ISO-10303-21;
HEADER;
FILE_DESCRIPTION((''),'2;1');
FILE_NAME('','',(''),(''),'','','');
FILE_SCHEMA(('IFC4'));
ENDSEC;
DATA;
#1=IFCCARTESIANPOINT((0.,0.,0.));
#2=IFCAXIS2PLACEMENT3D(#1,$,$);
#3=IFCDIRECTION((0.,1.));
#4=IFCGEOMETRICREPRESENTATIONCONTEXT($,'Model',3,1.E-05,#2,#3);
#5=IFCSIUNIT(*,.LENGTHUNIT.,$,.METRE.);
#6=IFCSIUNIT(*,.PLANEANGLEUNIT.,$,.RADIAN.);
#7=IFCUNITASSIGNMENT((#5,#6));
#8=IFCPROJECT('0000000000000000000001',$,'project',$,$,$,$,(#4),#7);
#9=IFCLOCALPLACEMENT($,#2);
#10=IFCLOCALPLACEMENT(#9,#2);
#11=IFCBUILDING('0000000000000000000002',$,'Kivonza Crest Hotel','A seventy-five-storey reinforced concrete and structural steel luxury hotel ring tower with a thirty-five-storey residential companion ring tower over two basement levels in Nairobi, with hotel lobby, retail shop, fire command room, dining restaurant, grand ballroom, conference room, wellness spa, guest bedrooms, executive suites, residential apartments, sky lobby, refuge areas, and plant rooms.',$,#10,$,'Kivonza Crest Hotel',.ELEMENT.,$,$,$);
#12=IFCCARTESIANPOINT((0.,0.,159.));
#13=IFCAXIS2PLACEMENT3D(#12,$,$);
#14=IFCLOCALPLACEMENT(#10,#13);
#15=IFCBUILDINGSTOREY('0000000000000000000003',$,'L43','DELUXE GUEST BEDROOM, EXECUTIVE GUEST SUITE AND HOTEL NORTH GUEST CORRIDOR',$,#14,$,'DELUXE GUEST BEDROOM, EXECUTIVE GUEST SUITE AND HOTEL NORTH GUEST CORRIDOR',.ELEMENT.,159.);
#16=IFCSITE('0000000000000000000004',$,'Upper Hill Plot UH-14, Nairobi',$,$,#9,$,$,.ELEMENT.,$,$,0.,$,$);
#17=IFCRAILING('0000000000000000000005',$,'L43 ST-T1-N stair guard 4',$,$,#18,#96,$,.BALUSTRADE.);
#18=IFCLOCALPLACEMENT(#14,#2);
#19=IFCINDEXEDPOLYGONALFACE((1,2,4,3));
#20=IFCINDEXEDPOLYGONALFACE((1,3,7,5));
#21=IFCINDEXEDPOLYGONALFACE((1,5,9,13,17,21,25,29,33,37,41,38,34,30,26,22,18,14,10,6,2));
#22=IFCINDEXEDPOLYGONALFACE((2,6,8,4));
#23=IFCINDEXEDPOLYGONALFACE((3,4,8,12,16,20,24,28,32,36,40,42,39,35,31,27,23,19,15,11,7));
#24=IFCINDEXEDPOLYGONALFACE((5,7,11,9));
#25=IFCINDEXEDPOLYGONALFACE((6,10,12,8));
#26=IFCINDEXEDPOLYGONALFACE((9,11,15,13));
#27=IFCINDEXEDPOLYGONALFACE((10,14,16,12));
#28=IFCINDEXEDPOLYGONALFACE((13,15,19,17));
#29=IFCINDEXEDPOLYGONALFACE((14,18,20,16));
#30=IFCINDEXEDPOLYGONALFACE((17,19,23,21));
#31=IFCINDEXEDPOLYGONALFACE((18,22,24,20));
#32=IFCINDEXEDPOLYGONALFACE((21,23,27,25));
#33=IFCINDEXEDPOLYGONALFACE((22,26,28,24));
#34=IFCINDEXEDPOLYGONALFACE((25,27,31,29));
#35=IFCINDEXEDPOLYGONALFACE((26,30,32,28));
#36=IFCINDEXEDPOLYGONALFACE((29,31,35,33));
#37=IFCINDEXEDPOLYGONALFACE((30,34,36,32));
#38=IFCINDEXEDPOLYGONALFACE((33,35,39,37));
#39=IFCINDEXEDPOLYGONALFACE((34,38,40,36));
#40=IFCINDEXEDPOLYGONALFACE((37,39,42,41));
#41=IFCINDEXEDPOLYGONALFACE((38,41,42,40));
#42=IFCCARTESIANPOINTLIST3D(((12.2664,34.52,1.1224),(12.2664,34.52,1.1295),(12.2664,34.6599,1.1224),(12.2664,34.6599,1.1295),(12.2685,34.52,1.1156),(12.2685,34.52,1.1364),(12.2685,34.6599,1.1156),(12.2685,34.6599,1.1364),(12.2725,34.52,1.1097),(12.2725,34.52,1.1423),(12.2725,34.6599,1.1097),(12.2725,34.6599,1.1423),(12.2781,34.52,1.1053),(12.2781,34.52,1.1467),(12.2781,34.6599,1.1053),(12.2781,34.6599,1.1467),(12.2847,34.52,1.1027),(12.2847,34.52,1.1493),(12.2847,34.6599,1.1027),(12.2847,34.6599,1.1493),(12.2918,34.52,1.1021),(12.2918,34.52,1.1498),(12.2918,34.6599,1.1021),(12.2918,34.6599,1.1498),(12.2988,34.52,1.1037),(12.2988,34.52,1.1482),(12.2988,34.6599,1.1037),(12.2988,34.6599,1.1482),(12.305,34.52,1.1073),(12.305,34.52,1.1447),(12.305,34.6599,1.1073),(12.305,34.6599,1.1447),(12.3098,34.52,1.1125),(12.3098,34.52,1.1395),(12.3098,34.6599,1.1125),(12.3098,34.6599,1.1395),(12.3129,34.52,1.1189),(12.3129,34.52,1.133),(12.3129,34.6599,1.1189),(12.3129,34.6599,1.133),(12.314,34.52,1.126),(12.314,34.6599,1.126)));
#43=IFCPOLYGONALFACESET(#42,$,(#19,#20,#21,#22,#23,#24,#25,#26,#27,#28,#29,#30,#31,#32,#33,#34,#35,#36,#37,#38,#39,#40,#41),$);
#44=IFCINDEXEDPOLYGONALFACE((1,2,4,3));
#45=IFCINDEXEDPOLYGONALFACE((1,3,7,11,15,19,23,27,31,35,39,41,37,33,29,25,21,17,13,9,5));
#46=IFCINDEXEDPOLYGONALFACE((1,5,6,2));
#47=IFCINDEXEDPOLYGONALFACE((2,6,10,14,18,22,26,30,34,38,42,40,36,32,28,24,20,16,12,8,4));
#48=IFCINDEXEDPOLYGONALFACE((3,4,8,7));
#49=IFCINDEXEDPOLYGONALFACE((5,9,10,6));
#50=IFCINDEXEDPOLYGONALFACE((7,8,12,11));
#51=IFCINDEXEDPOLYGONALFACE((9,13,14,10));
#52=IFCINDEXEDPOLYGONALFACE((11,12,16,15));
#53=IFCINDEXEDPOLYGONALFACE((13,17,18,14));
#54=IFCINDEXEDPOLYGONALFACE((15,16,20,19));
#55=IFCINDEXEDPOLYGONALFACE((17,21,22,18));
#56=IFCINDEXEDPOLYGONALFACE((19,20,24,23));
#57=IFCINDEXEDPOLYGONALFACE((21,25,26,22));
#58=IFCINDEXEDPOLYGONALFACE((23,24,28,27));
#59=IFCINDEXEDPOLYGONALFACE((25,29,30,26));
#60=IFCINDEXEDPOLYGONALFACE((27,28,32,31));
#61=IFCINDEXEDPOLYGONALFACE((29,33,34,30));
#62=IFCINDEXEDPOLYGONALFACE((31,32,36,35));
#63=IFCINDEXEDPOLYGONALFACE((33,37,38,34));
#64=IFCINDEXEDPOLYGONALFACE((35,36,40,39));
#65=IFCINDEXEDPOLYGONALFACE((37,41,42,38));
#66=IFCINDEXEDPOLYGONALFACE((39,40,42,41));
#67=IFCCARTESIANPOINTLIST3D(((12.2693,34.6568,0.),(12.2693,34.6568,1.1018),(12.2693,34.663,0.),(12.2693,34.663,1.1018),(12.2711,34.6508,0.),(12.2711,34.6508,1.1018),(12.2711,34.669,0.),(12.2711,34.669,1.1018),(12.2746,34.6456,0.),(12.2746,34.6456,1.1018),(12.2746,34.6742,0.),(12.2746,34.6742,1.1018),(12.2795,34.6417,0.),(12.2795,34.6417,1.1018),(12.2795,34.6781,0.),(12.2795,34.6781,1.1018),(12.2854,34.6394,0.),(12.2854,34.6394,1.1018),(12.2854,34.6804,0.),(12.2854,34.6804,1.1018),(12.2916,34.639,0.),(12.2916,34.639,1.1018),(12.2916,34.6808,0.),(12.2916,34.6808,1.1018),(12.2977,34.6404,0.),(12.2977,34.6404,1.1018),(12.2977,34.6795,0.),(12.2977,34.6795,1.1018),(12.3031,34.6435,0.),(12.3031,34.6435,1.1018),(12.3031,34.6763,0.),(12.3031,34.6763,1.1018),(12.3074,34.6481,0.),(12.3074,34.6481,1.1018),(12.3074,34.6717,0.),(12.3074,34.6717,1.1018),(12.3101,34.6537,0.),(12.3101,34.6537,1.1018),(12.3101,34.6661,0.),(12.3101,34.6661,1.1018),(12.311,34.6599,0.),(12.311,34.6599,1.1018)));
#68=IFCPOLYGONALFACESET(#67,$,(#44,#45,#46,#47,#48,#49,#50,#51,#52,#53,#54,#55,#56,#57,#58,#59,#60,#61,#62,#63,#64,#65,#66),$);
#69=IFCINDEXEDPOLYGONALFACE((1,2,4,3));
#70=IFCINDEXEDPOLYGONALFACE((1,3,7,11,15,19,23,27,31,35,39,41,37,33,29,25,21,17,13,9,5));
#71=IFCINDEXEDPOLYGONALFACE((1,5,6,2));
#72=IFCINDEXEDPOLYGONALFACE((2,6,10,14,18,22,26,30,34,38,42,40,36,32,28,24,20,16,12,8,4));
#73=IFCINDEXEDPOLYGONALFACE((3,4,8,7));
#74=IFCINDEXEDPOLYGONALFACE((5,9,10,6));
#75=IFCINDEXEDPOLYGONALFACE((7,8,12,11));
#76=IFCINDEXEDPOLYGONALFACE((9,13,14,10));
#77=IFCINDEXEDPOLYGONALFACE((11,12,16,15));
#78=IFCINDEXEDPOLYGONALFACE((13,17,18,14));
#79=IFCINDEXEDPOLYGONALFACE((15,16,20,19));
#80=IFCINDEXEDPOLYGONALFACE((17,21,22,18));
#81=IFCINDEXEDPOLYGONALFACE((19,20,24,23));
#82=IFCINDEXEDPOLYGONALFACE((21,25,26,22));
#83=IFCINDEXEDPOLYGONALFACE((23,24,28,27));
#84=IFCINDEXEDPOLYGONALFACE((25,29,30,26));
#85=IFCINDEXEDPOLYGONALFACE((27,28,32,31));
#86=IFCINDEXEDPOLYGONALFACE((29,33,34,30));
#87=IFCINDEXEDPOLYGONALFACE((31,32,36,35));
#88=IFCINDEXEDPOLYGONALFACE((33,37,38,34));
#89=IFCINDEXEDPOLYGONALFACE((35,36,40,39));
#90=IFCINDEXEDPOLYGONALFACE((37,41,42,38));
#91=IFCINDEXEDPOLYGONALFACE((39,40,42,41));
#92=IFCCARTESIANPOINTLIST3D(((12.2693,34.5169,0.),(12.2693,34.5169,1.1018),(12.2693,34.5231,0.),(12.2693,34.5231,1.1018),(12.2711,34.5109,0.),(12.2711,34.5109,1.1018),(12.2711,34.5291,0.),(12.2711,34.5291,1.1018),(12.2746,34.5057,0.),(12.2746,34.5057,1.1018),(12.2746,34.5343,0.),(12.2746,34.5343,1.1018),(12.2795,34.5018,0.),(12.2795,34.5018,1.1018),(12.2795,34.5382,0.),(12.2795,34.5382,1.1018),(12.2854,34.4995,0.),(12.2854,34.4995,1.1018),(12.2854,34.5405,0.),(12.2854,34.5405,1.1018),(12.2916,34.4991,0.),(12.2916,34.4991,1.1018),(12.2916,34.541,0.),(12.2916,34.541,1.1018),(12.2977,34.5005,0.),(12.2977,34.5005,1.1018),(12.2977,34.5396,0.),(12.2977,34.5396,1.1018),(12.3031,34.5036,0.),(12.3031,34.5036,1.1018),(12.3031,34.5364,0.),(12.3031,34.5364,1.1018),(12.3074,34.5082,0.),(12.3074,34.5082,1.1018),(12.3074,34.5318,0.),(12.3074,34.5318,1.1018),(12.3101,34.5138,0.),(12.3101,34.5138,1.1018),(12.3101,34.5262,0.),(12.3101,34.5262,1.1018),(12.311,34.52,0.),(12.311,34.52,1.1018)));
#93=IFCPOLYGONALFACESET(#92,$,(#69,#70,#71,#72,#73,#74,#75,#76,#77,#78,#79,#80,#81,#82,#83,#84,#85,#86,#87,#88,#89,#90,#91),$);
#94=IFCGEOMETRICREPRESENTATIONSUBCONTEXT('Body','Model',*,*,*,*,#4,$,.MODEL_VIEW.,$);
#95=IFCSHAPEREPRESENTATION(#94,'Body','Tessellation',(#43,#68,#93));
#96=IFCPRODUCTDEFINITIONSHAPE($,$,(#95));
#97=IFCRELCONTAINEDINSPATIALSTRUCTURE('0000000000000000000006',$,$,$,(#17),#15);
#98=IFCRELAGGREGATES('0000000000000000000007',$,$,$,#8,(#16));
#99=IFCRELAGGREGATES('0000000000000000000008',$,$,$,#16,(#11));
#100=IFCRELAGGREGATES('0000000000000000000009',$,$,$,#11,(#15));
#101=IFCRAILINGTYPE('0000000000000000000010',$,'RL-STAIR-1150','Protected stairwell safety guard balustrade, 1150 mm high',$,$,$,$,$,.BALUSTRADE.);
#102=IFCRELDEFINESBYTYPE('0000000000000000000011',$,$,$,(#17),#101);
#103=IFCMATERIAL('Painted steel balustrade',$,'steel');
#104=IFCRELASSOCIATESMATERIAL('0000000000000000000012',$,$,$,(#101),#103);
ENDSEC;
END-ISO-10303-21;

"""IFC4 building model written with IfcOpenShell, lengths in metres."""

from ifc_helpers import new_model, si_unit, direction, frame, origin, origin_2d, place, context, subcontext, project, spatial, circle, extrude, material, type_object, element, save


model = new_model("IFC4")

# Units and contexts
model_context = context("Model", 3, precision=1e-05, world=origin(), true_north=direction((0.0, 1.0)))
body_context = subcontext(model_context, "Body", "Model", "MODEL_VIEW")
ifc_project = project(units=[si_unit("LENGTHUNIT", "METRE"), si_unit("PLANEANGLEUNIT", "RADIAN")], contexts=[model_context])

# Site, building, storey
site_placement = place(None, origin())
site = spatial("IfcSite", under=ifc_project, at=site_placement, Name="Upper Hill Plot UH-14, Nairobi", CompositionType="ELEMENT", RefElevation=0.0)
building_placement = place(site_placement, origin())
building = spatial("IfcBuilding", under=site, at=building_placement, Name="Kivonza Crest Hotel", Description="A seventy-five-storey reinforced concrete and structural steel luxury hotel ring tower with a thirty-five-storey residential companion ring tower over two basement levels in Nairobi, with hotel lobby, retail shop, fire command room, dining restaurant, grand ballroom, conference room, wellness spa, guest bedrooms, executive suites, residential apartments, sky lobby, refuge areas, and plant rooms.", LongName="Kivonza Crest Hotel", CompositionType="ELEMENT")
storey_placement = place(building_placement, frame((0.0, 0.0, 159.0)))
storey = spatial("IfcBuildingStorey", under=building, at=storey_placement, Name="L43", Description="DELUXE GUEST BEDROOM, EXECUTIVE GUEST SUITE AND HOTEL NORTH GUEST CORRIDOR", LongName="DELUXE GUEST BEDROOM, EXECUTIVE GUEST SUITE AND HOTEL NORTH GUEST CORRIDOR", CompositionType="ELEMENT", Elevation=159.0)

# Railing
ifc_material_1 = material(Name="Painted steel balustrade", Category="steel")
railing_type_1 = type_object("IfcRailingType", Name="RL-STAIR-1150", Description="Protected stairwell safety guard balustrade, 1150 mm high", PredefinedType="BALUSTRADE", material=ifc_material_1)
railing_1_placement = place(storey_placement, frame((12.29, 34.6599, 0.0)))
element("IfcRailing", 1, at=railing_1_placement, inside=storey, type_object=railing_type_1, Name="L43 ST-T1-N stair guard 4", PredefinedType="BALUSTRADE", context=body_context, shape_type="SweptSolid", body=[
    extrude(circle(Radius=0.0239, at=origin_2d()), frame((0.0, 0.0, 1.126), z_axis=(0.0, -1.0, 0.0), x_axis=(1.0, 0.0, 0.0)), (0.0, 0.0, 1.0), 0.1399),
    extrude(circle(Radius=0.021, at=origin_2d()), origin(), (0.0, 0.0, 1.0), 1.1018),
    extrude(circle(Radius=0.021, at=origin_2d()), frame((0.0, -0.1399, 0.0)), (0.0, 0.0, 1.0), 1.1018),
])

save(model, "model.ifc")
